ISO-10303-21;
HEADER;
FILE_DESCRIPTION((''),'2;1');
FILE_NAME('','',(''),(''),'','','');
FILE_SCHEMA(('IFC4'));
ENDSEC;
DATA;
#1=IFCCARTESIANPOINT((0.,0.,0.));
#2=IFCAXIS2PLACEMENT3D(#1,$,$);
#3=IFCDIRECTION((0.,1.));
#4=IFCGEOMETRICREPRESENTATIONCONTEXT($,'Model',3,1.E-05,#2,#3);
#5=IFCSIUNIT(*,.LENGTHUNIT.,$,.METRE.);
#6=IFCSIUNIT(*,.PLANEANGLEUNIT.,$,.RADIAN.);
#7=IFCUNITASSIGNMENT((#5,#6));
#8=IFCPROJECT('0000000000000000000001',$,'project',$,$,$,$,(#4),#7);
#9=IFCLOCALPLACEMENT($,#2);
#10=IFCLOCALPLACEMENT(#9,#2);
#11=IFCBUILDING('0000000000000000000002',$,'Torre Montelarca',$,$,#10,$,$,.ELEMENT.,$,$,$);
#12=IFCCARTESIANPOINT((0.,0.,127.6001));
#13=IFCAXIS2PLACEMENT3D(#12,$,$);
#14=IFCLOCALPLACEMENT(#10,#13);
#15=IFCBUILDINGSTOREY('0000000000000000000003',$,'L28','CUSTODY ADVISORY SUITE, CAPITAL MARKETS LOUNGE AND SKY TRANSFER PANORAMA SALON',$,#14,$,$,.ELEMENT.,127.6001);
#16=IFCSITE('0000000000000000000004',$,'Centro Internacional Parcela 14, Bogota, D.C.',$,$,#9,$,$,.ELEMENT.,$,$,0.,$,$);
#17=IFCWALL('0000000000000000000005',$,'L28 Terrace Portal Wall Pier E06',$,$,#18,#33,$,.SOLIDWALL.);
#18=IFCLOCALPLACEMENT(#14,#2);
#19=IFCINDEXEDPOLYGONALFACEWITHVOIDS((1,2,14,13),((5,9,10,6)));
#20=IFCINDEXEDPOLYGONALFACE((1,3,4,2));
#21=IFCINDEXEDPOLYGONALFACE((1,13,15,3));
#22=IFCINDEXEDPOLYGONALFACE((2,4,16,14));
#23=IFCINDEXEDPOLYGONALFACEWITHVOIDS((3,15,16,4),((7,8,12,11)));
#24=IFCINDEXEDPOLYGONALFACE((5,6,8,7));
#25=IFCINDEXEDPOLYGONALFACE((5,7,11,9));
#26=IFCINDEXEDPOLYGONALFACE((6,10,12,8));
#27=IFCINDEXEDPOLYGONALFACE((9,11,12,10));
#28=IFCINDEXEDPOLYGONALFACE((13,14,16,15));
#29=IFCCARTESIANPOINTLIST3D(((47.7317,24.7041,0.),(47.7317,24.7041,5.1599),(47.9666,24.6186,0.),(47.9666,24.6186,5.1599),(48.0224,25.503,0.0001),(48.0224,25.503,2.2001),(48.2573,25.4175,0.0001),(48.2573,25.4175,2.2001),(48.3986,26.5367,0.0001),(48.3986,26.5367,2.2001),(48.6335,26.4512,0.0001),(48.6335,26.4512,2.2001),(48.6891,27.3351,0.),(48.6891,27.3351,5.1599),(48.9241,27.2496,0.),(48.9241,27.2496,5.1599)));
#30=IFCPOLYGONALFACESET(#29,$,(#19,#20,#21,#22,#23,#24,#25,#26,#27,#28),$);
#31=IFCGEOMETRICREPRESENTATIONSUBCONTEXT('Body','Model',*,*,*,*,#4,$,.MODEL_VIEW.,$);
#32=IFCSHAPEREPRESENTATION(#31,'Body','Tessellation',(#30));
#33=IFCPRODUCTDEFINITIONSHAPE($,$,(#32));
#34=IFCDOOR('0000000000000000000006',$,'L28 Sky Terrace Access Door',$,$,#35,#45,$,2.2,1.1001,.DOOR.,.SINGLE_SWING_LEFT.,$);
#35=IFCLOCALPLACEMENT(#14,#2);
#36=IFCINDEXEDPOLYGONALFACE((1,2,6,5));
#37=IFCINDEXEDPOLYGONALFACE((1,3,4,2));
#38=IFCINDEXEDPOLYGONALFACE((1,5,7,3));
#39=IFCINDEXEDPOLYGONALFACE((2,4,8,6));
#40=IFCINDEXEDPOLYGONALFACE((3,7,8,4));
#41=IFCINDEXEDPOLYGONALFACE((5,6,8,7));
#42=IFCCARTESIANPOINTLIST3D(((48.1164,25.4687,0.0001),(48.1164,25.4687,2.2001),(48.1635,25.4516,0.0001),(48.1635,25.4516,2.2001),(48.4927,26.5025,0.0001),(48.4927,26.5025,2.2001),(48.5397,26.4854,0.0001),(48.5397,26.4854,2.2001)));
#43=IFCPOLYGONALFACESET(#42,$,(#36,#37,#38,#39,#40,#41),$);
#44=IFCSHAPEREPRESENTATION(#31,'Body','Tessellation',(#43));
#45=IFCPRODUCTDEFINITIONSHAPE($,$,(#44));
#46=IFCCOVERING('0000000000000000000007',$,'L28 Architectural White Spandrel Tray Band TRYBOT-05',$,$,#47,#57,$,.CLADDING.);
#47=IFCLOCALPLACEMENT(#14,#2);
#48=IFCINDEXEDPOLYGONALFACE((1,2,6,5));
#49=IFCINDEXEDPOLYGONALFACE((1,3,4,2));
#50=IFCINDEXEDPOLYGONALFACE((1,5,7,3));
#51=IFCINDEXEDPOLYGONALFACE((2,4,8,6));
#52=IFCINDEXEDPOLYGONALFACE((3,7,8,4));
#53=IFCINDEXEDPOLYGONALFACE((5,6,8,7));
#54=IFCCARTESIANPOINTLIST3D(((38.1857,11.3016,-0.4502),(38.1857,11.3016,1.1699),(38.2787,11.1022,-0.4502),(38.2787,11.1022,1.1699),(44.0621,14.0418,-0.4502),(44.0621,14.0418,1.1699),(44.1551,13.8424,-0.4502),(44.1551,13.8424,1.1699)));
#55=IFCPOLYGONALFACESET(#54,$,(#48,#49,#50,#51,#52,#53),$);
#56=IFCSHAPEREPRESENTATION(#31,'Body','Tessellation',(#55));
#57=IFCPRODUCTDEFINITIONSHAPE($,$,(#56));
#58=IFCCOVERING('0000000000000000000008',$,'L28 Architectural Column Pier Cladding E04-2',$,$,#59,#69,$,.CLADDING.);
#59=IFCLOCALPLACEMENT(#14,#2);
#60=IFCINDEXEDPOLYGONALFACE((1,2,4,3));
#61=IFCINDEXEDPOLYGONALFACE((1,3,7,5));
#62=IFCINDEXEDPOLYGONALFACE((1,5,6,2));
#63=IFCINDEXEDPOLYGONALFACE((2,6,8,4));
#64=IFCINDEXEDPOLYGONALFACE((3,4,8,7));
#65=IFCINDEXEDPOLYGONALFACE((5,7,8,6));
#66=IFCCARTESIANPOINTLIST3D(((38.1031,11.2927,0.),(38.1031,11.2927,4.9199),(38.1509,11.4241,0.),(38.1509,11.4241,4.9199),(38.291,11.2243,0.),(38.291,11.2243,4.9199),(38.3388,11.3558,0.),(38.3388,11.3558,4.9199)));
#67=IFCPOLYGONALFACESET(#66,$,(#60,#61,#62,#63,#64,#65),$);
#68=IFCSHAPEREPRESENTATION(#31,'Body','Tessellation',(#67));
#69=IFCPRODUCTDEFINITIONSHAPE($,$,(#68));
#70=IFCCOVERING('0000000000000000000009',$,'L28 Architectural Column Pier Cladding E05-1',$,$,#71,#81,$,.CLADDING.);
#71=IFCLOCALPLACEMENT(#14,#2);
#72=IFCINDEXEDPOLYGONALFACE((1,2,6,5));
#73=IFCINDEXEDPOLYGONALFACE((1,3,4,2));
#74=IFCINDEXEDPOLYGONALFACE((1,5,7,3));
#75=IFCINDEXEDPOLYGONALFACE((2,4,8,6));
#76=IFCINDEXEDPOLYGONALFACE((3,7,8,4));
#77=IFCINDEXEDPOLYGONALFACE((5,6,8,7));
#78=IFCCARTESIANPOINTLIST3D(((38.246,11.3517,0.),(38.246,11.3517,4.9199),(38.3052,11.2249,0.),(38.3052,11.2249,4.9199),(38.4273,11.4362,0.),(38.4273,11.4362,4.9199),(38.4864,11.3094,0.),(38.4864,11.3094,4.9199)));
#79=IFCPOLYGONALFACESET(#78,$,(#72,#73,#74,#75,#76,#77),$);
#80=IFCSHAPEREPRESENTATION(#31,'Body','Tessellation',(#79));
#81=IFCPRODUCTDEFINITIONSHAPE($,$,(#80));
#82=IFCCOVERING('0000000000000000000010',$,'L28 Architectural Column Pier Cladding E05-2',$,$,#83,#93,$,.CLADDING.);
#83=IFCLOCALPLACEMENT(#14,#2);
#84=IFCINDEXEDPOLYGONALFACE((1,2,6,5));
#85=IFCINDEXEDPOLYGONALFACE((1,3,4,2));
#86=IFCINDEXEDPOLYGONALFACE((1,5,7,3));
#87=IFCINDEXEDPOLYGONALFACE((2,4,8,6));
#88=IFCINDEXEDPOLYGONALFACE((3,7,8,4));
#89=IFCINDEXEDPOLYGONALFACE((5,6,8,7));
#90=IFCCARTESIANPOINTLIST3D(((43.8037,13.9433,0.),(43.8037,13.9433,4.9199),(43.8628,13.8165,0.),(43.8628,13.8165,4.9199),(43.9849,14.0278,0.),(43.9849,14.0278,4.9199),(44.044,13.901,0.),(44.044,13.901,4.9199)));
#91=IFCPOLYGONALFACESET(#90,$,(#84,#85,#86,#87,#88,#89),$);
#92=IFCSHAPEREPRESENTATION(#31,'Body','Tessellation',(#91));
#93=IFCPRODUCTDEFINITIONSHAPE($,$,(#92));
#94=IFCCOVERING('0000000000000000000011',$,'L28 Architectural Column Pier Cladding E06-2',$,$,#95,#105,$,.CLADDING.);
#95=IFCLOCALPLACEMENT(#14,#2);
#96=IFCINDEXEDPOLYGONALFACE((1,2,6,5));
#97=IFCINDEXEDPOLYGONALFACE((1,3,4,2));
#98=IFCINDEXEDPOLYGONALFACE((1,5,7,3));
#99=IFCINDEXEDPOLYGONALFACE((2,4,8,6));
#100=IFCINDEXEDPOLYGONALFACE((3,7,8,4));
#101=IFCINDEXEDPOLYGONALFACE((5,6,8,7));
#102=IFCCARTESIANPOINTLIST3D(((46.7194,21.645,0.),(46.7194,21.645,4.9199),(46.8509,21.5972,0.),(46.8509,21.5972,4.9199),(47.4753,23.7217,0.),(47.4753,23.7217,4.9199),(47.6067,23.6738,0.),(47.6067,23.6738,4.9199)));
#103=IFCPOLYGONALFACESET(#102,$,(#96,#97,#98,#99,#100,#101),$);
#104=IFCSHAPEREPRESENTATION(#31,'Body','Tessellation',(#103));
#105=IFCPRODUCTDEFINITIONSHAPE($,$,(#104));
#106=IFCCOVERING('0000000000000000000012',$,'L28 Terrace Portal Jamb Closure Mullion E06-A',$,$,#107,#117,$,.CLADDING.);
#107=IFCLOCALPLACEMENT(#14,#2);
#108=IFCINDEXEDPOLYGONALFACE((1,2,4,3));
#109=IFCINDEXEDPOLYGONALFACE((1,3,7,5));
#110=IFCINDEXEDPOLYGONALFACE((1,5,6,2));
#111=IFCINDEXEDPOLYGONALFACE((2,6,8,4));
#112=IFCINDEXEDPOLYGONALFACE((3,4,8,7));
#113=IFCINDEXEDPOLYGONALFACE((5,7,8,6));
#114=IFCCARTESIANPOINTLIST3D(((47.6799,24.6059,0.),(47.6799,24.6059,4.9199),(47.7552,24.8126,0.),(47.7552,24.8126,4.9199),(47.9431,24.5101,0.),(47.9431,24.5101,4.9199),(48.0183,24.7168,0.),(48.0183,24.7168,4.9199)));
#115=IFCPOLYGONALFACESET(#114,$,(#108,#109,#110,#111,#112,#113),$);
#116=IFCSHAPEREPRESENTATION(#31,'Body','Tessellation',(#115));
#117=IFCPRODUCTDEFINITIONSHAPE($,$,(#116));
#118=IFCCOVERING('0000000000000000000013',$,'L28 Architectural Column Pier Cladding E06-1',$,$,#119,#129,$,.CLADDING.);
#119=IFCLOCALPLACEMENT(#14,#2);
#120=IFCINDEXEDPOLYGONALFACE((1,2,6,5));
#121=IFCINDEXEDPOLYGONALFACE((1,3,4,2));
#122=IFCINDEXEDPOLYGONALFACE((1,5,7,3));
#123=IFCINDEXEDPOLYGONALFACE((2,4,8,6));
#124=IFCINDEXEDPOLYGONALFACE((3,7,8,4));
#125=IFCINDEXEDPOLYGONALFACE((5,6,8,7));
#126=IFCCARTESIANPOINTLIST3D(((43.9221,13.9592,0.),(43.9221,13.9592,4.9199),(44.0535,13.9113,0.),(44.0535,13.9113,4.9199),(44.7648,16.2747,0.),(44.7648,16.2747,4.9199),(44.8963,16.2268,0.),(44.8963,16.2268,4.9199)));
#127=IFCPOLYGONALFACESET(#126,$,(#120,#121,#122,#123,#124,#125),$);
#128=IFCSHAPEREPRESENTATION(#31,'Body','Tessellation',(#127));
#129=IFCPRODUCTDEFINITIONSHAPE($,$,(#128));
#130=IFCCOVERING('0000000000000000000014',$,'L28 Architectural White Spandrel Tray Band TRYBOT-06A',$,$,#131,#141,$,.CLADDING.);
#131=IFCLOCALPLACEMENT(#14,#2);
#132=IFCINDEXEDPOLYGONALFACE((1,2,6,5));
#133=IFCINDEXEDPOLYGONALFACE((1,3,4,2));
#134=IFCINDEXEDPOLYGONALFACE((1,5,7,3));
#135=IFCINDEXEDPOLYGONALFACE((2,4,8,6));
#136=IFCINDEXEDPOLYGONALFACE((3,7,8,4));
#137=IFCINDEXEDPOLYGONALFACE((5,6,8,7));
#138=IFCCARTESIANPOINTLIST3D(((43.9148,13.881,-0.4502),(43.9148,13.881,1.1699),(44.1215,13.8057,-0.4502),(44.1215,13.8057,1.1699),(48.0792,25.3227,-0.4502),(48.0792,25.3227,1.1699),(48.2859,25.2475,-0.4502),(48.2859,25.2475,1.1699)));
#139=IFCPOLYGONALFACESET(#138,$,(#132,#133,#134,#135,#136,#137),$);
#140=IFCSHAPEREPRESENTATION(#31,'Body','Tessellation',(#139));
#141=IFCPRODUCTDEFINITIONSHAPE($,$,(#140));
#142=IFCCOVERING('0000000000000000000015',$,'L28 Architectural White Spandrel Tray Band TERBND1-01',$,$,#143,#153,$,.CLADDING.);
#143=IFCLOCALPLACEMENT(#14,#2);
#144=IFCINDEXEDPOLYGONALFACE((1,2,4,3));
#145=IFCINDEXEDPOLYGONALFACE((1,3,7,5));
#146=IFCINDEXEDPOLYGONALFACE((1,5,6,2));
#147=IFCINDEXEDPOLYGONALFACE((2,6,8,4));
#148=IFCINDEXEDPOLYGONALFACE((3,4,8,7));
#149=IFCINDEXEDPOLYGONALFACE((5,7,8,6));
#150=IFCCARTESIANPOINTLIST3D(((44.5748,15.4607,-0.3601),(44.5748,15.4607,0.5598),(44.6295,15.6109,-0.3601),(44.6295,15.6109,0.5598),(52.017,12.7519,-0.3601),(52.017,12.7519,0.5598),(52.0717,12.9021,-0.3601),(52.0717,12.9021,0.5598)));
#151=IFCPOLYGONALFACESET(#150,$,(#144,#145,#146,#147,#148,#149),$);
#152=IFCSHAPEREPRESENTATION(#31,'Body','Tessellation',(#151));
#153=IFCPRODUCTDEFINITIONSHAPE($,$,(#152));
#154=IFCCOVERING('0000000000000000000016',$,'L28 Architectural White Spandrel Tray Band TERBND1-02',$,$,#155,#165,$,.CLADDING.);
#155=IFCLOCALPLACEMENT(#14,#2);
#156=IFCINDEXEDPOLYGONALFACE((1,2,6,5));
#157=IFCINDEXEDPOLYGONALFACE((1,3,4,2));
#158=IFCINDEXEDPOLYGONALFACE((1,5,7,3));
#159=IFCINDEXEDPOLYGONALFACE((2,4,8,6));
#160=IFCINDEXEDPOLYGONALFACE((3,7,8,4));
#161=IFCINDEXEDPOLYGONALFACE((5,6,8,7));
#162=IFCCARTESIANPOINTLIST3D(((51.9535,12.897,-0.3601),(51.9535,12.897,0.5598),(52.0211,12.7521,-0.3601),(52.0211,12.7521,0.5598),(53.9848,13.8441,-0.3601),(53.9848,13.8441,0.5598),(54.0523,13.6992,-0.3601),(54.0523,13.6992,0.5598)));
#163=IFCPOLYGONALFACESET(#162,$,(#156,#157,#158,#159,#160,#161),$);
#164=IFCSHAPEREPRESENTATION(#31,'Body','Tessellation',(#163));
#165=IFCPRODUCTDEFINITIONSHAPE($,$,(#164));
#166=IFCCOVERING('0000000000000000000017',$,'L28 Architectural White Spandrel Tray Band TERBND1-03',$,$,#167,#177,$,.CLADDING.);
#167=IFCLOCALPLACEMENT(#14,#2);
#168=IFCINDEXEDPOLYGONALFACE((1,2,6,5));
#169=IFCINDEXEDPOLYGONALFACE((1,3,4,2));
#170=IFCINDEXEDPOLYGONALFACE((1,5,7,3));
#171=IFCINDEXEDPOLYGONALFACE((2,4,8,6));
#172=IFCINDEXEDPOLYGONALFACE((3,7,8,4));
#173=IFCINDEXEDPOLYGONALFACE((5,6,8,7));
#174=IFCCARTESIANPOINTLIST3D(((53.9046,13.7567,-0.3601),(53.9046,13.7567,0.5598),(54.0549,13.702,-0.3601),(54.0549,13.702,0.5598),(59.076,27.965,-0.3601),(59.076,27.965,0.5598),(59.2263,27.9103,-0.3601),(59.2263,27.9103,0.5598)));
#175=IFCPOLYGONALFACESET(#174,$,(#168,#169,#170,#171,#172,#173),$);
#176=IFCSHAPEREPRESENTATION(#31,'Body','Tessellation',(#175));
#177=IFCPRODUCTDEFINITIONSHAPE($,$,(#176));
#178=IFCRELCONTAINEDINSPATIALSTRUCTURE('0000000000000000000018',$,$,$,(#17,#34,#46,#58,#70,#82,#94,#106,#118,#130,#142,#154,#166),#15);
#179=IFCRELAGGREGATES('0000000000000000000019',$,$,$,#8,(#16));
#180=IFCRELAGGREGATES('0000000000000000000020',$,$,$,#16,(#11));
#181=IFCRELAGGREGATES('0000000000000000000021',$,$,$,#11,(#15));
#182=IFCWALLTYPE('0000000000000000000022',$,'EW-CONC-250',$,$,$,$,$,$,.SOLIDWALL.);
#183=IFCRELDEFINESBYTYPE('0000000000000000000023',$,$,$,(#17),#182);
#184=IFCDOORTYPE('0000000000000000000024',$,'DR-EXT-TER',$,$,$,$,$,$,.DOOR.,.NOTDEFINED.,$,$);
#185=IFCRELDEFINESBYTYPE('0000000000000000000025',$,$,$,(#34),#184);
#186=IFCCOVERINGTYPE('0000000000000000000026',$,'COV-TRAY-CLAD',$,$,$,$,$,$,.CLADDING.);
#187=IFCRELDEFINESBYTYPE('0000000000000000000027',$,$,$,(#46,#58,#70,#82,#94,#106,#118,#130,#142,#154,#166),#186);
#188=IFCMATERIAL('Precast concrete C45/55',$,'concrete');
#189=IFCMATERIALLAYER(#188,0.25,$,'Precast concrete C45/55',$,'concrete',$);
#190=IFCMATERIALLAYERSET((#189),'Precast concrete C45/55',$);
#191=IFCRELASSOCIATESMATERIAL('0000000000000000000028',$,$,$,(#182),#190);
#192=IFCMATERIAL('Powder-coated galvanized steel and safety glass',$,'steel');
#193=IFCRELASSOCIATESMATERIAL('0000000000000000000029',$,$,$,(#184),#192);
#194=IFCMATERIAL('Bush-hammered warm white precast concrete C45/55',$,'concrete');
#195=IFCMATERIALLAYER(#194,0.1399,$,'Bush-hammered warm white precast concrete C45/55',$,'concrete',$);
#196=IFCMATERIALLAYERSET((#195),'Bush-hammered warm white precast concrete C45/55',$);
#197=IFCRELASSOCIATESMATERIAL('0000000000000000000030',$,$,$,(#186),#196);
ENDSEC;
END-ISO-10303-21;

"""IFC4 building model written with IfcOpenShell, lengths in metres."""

from ifc_helpers import new_model, si_unit, direction, frame, frame_2d, origin, origin_2d, place, context, subcontext, project, spatial, rectangle, extrude, source, transform, mapped, material, layer, layer_set, type_object, element, fill, save


model = new_model("IFC4")

# Units and contexts
model_context = context("Model", 3, precision=1e-05, world=origin(), true_north=direction((0.0, 1.0)))
body_context = subcontext(model_context, "Body", "Model", "MODEL_VIEW")
ifc_project = project(units=[si_unit("LENGTHUNIT", "METRE"), si_unit("PLANEANGLEUNIT", "RADIAN")], contexts=[model_context])

# Site, building, storey
site_placement = place(None, origin())
site = spatial("IfcSite", under=ifc_project, at=site_placement, Name="Centro Internacional Parcela 14, Bogota, D.C.", CompositionType="ELEMENT", RefElevation=0.0)
building_placement = place(site_placement, origin())
building = spatial("IfcBuilding", under=site, at=building_placement, Name="Torre Montelarca", CompositionType="ELEMENT")
storey_placement = place(building_placement, frame((0.0, 0.0, 127.6001)))
storey = spatial("IfcBuildingStorey", under=building, at=storey_placement, Name="L28", Description="CUSTODY ADVISORY SUITE, CAPITAL MARKETS LOUNGE AND SKY TRANSFER PANORAMA SALON", CompositionType="ELEMENT", Elevation=127.6001)

# Wall, opening, door
ifc_material_1 = material(Name="Precast concrete C45/55", Category="concrete")
ifc_layer_1 = layer(ifc_material_1, 0.25, Name="Precast concrete C45/55", Category="concrete")
ifc_layer_set_1 = layer_set([ifc_layer_1], Name="Precast concrete C45/55")
wall_type = type_object("IfcWallType", Name="EW-CONC-250", PredefinedType="SOLIDWALL", material=ifc_layer_set_1)
wall_placement = place(storey_placement, frame((47.8491, 24.6614, 0.0), z_axis=(0.0, 0.0, 1.0), x_axis=(0.341981, 0.939707, 0.0)))
wall = element("IfcWall", 1, at=wall_placement, inside=storey, type_object=wall_type, Name="L28 Terrace Portal Wall Pier E06", PredefinedType="SOLIDWALL", context=body_context, shape_type="SweptSolid", body=[
    extrude(rectangle(XDim=2.7998, YDim=0.25, at=frame_2d((1.3999, 0.0))), origin(), (0.0, 0.0, 1.0), 5.1599),
])
opening_placement = place(wall_placement, frame((0.8501, 0.0, 0.0)))
opening = element("IfcOpeningElement", 2, at=opening_placement, cuts=wall, PredefinedType="OPENING", context=body_context, shape_type="SweptSolid", body=[
    extrude(rectangle(XDim=1.1001, YDim=2.2, at=frame_2d((0.55, 1.1001))), frame((0.0, 0.135, 0.0), z_axis=(0.0, -1.0, 0.0), x_axis=(1.0, 0.0, 0.0)), (0.0, 0.0, 1.0), 0.27),
])
ifc_material_2 = material(Name="Powder-coated galvanized steel and safety glass", Category="steel")
door_type = type_object("IfcDoorType", Name="DR-EXT-TER", OperationType="NOTDEFINED", PredefinedType="DOOR", material=ifc_material_2)
shared_shape_1 = source(origin(), body_context, "Body", "SweptSolid", [
    extrude(rectangle(XDim=1.1001, YDim=2.2, at=frame_2d((0.55, 1.1001))), frame((0.0, 0.0249, 0.0), z_axis=(0.0, -1.0, 0.0), x_axis=(1.0, 0.0, 0.0)), (0.0, 0.0, 1.0), 0.05),
])
door_placement = place(opening_placement, origin())
door = element("IfcDoor", 3, at=door_placement, inside=storey, type_object=door_type, Name="L28 Sky Terrace Access Door", OperationType="SINGLE_SWING_LEFT", OverallHeight=2.2, OverallWidth=1.1001, PredefinedType="DOOR", context=body_context, shape_type="MappedRepresentation", body=[
    mapped(shared_shape_1, transform((0.0, 0.0, 0.0), scale=1.0)),
])
fill(opening, door)

# Coverings
ifc_material_3 = material(Name="Bush-hammered warm white precast concrete C45/55", Category="concrete")
ifc_layer_2 = layer(ifc_material_3, 0.1399, Name="Bush-hammered warm white precast concrete C45/55", Category="concrete")
ifc_layer_set_2 = layer_set([ifc_layer_2], Name="Bush-hammered warm white precast concrete C45/55")
covering_type = type_object("IfcCoveringType", Name="COV-TRAY-CLAD", PredefinedType="CLADDING", material=ifc_layer_set_2)
shared_shape_2 = source(origin(), body_context, "Body", "SweptSolid", [
    extrude(rectangle(XDim=6.4839, YDim=0.22, at=origin_2d()), origin(), (0.0, 0.0, 1.0), 1.6201),
])
covering_1_placement = place(storey_placement, frame((41.1704, 12.572, -0.4502), z_axis=(0.0, 0.0, 1.0), x_axis=(0.906309, 0.422615, 0.0)))
element("IfcCovering", 4, at=covering_1_placement, inside=storey, type_object=covering_type, Name="L28 Architectural White Spandrel Tray Band TRYBOT-05", PredefinedType="CLADDING", context=body_context, shape_type="MappedRepresentation", body=[
    mapped(shared_shape_2, transform((0.0, 0.0, 0.0), scale=1.0)),
])
shared_shape_3 = source(origin(), body_context, "Body", "SweptSolid", [
    extrude(rectangle(XDim=0.2, YDim=0.1399, at=origin_2d()), origin(), (0.0, 0.0, 1.0), 4.9199),
])
for number, where, z_axis, x_axis, name in (
    (5, (38.2209, 11.3242, 0.0), (0.0, 0.0, 1.0), (0.939696, -0.342012, 0.0), "L28 Architectural Column Pier Cladding E04-2"),
    (6, (38.3662, 11.3306, 0.0), (0.0, 0.0, 1.0), (0.906311, 0.422612, 0.0), "L28 Architectural Column Pier Cladding E05-1"),
    (7, (43.9238, 13.9221, 0.0), (0.0, 0.0, 1.0), (0.906311, 0.422612, 0.0), "L28 Architectural Column Pier Cladding E05-2"),
):
    element("IfcCovering", number, at=place(storey_placement, frame(where, z_axis=z_axis, x_axis=x_axis)), inside=storey, type_object=covering_type, Name=name, PredefinedType="CLADDING", context=body_context, shape_type="MappedRepresentation", body=[
        mapped(shared_shape_3, transform((0.0, 0.0, 0.0), scale=1.0)),
    ])
shared_shape_4 = source(origin(), body_context, "Body", "SweptSolid", [
    extrude(rectangle(XDim=2.21, YDim=0.1399, at=origin_2d()), origin(), (0.0, 0.0, 1.0), 4.9199),
])
covering_2_placement = place(storey_placement, frame((47.1631, 22.6594, 0.0), z_axis=(0.0, 0.0, 1.0), x_axis=(0.342017, 0.939694, 0.0)))
element("IfcCovering", 8, at=covering_2_placement, inside=storey, type_object=covering_type, Name="L28 Architectural Column Pier Cladding E06-2", PredefinedType="CLADDING", context=body_context, shape_type="MappedRepresentation", body=[
    mapped(shared_shape_4, transform((0.0, 0.0, 0.0), scale=1.0)),
])
shared_shape_5 = source(origin(), body_context, "Body", "SweptSolid", [
    extrude(rectangle(XDim=0.22, YDim=0.28, at=origin_2d()), origin(), (0.0, 0.0, 1.0), 4.9199),
])
covering_3_placement = place(storey_placement, frame((47.8491, 24.6614, 0.0), z_axis=(0.0, 0.0, 1.0), x_axis=(0.342017, 0.939694, 0.0)))
element("IfcCovering", 9, at=covering_3_placement, inside=storey, type_object=covering_type, Name="L28 Terrace Portal Jamb Closure Mullion E06-A", PredefinedType="CLADDING", context=body_context, shape_type="MappedRepresentation", body=[
    mapped(shared_shape_5, transform((0.0, 0.0, 0.0), scale=1.0)),
])
shared_shape_6 = source(origin(), body_context, "Body", "SweptSolid", [
    extrude(rectangle(XDim=2.4641, YDim=0.1399, at=origin_2d()), origin(), (0.0, 0.0, 1.0), 4.9199),
])
covering_4_placement = place(storey_placement, frame((44.4092, 15.093, 0.0), z_axis=(0.0, 0.0, 1.0), x_axis=(0.342017, 0.939694, 0.0)))
element("IfcCovering", 10, at=covering_4_placement, inside=storey, type_object=covering_type, Name="L28 Architectural Column Pier Cladding E06-1", PredefinedType="CLADDING", context=body_context, shape_type="MappedRepresentation", body=[
    mapped(shared_shape_6, transform((0.0, 0.0, 0.0), scale=1.0)),
])
shared_shape_7 = source(origin(), body_context, "Body", "SweptSolid", [
    extrude(rectangle(XDim=12.176, YDim=0.22, at=origin_2d()), origin(), (0.0, 0.0, 1.0), 1.6201),
])
covering_5_placement = place(storey_placement, frame((46.1003, 19.5642, -0.4502), z_axis=(0.0, 0.0, 1.0), x_axis=(0.342019, 0.939693, 0.0)))
element("IfcCovering", 11, at=covering_5_placement, inside=storey, type_object=covering_type, Name="L28 Architectural White Spandrel Tray Band TRYBOT-06A", PredefinedType="CLADDING", context=body_context, shape_type="MappedRepresentation", body=[
    mapped(shared_shape_7, transform((0.0, 0.0, 0.0), scale=1.0)),
])
shared_shape_8 = source(origin(), body_context, "Body", "SweptSolid", [
    extrude(rectangle(XDim=7.9199, YDim=0.1599, at=origin_2d()), origin(), (0.0, 0.0, 1.0), 0.9199),
])
covering_6_placement = place(storey_placement, frame((48.3232, 14.1814, -0.3601), z_axis=(0.0, 0.0, 1.0), x_axis=(0.939691, -0.342025, 0.0)))
element("IfcCovering", 12, at=covering_6_placement, inside=storey, type_object=covering_type, Name="L28 Architectural White Spandrel Tray Band TERBND1-01", PredefinedType="CLADDING", context=body_context, shape_type="MappedRepresentation", body=[
    mapped(shared_shape_8, transform((0.0, 0.0, 0.0), scale=1.0)),
])
shared_shape_9 = source(origin(), body_context, "Body", "SweptSolid", [
    extrude(rectangle(XDim=2.2412, YDim=0.1599, at=origin_2d()), origin(), (0.0, 0.0, 1.0), 0.9199),
])
covering_7_placement = place(storey_placement, frame((53.0029, 13.2981, -0.3601), z_axis=(0.0, 0.0, 1.0), x_axis=(0.906312, 0.422609, 0.0)))
element("IfcCovering", 13, at=covering_7_placement, inside=storey, type_object=covering_type, Name="L28 Architectural White Spandrel Tray Band TERBND1-02", PredefinedType="CLADDING", context=body_context, shape_type="MappedRepresentation", body=[
    mapped(shared_shape_9, transform((0.0, 0.0, 0.0), scale=1.0)),
])
shared_shape_10 = source(origin(), body_context, "Body", "SweptSolid", [
    extrude(rectangle(XDim=15.1201, YDim=0.1599, at=origin_2d()), origin(), (0.0, 0.0, 1.0), 0.9199),
])
covering_8_placement = place(storey_placement, frame((56.5654, 20.8335, -0.3601), z_axis=(0.0, 0.0, 1.0), x_axis=(0.34202, 0.939693, 0.0)))
element("IfcCovering", 14, at=covering_8_placement, inside=storey, type_object=covering_type, Name="L28 Architectural White Spandrel Tray Band TERBND1-03", PredefinedType="CLADDING", context=body_context, shape_type="MappedRepresentation", body=[
    mapped(shared_shape_10, transform((0.0, 0.0, 0.0), scale=1.0)),
])

save(model, "model.ifc")
